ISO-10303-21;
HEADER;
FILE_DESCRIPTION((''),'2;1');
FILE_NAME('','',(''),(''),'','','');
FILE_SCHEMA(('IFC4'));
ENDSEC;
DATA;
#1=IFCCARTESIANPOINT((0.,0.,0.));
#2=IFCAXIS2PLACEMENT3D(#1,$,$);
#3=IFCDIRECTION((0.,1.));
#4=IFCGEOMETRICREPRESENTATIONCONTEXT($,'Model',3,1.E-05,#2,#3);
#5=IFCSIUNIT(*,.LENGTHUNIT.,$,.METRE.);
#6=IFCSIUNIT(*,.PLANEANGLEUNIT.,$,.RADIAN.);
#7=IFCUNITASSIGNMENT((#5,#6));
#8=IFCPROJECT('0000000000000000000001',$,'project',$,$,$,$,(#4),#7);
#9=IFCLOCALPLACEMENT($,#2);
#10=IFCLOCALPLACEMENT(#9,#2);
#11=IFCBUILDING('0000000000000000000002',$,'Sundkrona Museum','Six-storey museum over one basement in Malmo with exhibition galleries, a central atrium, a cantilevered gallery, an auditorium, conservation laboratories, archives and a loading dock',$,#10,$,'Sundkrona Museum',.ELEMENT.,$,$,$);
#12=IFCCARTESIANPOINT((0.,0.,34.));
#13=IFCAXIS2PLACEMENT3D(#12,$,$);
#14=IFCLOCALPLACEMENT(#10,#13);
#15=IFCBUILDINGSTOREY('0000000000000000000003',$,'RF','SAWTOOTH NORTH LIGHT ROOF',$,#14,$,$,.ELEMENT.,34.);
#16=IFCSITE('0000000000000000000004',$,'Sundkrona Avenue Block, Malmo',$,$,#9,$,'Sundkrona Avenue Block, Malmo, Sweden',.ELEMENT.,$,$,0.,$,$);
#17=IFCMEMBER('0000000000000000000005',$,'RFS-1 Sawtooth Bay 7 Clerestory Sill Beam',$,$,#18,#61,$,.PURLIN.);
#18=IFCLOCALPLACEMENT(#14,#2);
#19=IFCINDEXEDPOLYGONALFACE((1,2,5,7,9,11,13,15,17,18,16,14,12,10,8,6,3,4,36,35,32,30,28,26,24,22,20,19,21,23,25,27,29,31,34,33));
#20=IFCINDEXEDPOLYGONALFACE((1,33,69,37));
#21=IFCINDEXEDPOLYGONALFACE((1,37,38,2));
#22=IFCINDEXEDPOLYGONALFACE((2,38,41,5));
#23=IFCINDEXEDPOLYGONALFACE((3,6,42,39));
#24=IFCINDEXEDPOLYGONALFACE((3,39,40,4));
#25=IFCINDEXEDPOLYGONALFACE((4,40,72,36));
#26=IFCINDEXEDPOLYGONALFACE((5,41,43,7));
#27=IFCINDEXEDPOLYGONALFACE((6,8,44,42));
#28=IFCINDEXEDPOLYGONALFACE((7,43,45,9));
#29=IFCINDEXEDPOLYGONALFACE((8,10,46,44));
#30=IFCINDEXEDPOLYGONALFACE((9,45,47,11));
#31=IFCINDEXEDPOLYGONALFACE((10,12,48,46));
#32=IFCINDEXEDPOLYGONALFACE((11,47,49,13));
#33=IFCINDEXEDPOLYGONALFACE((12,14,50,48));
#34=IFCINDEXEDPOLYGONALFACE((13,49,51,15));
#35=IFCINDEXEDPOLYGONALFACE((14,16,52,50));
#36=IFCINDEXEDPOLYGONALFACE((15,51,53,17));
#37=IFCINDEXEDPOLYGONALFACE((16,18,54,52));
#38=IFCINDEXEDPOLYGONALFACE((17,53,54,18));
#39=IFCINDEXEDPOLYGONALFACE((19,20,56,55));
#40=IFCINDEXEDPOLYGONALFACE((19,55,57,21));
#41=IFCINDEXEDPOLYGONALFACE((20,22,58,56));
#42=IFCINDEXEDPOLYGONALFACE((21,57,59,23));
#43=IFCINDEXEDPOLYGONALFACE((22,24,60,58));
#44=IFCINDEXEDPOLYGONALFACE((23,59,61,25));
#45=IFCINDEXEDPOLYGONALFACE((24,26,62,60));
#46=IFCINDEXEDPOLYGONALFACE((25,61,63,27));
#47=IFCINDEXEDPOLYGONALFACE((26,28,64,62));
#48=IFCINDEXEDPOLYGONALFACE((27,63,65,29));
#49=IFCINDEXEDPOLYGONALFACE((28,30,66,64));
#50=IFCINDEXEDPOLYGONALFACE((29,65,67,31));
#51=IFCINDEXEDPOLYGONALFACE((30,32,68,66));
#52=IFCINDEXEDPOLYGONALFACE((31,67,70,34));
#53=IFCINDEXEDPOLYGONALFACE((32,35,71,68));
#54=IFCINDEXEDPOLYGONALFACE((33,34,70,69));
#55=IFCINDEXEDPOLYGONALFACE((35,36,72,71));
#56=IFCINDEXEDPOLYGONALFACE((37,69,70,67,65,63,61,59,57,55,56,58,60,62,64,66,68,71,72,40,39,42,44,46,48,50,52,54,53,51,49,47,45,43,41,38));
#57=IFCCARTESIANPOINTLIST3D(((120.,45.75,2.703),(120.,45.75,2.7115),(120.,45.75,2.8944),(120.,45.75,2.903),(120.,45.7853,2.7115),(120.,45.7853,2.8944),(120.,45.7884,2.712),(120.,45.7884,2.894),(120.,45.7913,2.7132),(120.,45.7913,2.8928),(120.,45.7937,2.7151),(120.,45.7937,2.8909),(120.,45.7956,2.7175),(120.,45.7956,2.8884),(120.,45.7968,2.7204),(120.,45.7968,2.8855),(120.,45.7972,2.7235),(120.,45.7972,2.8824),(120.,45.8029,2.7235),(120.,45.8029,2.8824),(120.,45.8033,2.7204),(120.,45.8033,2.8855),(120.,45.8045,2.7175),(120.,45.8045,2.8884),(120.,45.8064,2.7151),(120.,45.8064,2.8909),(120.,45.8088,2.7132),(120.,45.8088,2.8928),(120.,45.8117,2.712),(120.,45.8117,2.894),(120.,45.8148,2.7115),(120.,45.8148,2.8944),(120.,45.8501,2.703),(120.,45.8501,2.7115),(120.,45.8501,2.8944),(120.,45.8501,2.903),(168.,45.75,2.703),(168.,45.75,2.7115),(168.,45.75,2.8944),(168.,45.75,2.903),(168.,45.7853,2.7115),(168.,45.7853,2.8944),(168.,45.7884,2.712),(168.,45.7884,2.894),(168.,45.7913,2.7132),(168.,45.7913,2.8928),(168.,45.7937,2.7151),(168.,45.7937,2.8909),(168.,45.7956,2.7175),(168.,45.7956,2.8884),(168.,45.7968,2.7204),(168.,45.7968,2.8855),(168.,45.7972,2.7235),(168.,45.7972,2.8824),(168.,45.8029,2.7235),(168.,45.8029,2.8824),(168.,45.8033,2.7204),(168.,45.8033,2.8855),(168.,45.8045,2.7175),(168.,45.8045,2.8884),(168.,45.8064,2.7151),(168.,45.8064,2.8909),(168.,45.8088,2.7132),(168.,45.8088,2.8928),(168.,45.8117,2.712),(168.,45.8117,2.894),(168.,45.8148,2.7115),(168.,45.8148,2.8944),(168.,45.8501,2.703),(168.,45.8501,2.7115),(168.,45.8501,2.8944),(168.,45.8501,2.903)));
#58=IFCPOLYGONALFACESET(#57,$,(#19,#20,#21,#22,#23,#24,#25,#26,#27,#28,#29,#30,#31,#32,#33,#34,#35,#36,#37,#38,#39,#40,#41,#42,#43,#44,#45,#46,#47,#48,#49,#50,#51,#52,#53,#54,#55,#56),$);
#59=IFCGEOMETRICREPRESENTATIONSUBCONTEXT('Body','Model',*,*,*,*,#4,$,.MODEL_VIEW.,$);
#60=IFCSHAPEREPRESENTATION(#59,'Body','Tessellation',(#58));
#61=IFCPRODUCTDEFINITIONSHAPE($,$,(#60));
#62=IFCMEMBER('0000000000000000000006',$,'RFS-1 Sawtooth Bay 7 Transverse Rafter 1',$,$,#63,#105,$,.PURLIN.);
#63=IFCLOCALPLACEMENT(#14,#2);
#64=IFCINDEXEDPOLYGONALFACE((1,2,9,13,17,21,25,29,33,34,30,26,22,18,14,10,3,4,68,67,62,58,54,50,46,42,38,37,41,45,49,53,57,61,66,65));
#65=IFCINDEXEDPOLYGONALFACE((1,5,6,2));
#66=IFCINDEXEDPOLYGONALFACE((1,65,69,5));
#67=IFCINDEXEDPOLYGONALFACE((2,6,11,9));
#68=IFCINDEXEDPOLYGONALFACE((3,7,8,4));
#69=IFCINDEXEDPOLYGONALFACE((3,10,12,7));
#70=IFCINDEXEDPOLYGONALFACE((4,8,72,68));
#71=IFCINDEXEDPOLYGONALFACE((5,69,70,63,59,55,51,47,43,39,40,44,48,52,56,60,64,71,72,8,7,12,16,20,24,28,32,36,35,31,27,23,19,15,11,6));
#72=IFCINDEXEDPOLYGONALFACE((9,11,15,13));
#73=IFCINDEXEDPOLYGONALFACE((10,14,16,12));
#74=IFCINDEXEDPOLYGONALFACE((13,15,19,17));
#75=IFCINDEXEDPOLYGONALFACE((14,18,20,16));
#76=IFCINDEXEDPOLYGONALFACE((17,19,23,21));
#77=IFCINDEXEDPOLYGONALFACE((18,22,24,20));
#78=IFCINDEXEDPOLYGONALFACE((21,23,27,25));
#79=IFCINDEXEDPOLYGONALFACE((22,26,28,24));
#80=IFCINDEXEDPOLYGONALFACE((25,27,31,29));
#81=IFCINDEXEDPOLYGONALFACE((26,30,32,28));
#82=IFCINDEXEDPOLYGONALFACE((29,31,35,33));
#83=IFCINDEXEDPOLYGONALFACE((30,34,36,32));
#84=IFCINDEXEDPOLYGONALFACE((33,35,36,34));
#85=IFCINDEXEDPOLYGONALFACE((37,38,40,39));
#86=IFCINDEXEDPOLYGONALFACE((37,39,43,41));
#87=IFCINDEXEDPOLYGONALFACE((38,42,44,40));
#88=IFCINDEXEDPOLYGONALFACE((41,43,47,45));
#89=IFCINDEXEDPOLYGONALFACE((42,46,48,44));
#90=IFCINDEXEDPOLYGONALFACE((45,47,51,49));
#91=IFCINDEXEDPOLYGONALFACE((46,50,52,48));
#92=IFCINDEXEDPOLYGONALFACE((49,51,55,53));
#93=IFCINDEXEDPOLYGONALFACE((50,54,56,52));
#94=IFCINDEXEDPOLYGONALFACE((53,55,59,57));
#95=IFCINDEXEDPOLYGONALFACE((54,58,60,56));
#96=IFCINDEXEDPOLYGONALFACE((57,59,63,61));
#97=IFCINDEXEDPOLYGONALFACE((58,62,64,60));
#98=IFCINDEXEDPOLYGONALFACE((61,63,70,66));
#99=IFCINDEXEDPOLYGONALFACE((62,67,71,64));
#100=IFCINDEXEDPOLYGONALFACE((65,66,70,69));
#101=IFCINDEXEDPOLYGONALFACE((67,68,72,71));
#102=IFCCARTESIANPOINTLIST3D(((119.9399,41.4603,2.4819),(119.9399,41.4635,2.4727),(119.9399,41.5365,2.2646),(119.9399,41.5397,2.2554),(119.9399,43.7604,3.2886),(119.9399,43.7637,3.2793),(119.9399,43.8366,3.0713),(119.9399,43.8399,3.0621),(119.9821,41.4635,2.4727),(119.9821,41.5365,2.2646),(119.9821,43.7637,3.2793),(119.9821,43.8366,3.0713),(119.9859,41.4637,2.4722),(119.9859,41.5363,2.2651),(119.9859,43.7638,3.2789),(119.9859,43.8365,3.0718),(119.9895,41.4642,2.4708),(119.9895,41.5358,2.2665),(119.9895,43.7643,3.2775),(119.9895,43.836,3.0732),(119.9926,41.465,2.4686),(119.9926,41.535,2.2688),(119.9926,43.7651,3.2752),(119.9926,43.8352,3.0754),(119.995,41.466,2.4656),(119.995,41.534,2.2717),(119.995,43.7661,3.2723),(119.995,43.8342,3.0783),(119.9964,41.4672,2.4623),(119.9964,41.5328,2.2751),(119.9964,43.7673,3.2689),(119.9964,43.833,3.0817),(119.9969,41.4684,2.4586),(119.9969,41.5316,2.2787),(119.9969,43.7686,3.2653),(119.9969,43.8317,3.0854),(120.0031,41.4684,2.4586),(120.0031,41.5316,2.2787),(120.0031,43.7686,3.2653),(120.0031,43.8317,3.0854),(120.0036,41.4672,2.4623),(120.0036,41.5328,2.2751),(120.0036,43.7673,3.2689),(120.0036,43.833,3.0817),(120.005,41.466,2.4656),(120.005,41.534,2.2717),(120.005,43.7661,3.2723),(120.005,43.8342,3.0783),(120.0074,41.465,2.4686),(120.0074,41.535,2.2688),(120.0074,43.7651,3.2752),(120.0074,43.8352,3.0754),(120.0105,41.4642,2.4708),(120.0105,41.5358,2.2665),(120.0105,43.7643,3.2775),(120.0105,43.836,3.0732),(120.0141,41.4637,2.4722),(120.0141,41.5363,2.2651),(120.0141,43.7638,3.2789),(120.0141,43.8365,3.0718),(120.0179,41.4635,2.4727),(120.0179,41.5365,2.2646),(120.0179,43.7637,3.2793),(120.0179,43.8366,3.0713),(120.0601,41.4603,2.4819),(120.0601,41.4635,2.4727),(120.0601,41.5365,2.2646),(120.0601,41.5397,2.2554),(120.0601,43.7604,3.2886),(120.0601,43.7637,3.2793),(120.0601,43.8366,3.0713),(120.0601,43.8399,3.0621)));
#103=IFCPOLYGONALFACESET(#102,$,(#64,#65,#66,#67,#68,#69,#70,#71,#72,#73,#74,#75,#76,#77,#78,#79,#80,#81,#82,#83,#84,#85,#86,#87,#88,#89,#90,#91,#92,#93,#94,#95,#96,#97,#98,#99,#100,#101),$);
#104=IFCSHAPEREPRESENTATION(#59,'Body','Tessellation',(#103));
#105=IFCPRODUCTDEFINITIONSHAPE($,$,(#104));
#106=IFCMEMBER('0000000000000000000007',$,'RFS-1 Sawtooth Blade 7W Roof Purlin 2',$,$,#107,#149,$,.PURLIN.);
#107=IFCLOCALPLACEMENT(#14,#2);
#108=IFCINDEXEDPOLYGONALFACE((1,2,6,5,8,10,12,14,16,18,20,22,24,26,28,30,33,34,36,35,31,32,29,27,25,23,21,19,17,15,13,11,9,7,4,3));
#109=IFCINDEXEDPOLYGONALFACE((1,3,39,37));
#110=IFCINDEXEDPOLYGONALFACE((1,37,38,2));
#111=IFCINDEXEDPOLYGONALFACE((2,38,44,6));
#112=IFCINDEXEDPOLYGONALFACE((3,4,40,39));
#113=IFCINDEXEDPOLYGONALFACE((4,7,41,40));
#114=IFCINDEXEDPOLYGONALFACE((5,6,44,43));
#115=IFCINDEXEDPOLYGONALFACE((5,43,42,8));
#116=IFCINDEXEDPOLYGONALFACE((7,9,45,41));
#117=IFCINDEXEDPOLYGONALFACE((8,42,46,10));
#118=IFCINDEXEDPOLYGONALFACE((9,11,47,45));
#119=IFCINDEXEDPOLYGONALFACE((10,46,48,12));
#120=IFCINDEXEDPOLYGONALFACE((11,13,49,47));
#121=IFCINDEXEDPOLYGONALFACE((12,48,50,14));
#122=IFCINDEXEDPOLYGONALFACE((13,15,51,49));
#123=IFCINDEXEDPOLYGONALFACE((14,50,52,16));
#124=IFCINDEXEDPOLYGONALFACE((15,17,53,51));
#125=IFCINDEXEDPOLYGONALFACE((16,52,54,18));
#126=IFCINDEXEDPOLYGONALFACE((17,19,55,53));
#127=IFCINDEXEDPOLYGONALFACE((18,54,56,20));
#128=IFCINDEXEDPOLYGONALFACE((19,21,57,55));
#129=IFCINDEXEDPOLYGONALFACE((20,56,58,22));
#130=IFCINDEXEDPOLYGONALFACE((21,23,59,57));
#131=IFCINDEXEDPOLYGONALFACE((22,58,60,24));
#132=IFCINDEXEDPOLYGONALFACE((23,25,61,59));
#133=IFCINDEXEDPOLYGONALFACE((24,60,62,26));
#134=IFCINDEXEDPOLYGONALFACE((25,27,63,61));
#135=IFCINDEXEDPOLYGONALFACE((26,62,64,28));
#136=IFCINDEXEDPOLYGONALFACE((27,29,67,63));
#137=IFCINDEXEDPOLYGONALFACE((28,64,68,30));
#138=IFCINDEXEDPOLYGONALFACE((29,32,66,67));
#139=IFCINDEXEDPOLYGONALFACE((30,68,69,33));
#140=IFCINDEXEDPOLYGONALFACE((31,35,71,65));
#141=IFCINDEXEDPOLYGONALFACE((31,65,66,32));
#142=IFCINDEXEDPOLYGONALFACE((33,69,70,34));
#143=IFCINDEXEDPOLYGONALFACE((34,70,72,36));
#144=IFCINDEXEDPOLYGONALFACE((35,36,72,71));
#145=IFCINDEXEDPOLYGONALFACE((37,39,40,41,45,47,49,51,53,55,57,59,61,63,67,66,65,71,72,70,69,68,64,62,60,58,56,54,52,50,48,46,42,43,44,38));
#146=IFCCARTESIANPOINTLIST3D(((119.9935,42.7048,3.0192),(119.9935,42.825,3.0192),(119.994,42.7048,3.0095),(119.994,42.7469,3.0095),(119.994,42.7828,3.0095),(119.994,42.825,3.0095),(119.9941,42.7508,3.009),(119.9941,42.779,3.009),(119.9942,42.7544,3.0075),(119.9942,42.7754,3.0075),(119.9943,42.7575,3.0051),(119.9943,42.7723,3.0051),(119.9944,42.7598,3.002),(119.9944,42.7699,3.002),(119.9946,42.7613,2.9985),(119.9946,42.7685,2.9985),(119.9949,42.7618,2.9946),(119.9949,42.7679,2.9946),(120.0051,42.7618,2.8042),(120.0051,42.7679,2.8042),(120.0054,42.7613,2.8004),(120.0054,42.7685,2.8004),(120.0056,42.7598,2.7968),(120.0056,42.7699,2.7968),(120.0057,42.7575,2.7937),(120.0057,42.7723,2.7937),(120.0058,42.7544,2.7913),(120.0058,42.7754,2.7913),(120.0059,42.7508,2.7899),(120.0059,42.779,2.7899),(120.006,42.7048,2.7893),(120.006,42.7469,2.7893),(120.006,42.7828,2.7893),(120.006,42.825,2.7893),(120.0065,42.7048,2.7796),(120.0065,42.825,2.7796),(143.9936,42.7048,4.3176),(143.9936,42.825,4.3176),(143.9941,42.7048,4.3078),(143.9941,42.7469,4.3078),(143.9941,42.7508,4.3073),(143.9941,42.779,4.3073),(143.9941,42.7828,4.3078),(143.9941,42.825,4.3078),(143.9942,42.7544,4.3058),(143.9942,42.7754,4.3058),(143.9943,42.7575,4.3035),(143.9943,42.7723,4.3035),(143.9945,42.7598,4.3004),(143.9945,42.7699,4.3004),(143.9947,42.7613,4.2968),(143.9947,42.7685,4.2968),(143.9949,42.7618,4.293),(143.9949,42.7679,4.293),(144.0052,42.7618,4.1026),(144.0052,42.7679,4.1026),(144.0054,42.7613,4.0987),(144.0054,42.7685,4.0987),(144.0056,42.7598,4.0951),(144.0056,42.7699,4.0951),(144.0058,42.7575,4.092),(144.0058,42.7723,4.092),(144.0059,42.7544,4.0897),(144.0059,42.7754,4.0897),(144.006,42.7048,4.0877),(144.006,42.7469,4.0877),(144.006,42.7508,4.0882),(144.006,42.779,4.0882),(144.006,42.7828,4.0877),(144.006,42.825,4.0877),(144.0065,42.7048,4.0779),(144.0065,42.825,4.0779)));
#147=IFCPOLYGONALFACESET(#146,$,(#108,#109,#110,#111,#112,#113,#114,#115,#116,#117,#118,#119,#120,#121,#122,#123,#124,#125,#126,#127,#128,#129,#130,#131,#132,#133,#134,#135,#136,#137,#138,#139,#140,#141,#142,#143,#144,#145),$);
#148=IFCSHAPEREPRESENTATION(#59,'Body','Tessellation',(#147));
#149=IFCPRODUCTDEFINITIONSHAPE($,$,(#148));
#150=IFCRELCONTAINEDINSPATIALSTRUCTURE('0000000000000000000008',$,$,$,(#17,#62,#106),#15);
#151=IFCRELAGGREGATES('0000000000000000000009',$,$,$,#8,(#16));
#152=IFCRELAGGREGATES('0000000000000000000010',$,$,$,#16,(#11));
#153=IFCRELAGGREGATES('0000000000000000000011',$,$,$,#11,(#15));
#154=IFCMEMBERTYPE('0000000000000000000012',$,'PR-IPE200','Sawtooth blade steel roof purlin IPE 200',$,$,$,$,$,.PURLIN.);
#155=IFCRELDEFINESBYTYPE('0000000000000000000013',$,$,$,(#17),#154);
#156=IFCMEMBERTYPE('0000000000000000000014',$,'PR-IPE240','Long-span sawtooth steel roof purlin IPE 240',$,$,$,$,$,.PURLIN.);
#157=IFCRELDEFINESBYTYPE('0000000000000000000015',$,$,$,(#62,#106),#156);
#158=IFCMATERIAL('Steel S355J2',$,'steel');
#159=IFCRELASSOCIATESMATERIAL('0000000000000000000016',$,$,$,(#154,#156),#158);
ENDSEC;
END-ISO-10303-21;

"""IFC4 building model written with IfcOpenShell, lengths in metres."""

from ifc_helpers import new_model, si_unit, direction, frame, origin, origin_2d, place, context, subcontext, project, spatial, i_section, extrude, material, material_profile, profile_set, type_object, element, save


model = new_model("IFC4")

# Units and contexts
model_context = context("Model", 3, precision=1e-05, world=origin(), true_north=direction((0.0, 1.0)))
body_context = subcontext(model_context, "Body", "Model", "MODEL_VIEW")
ifc_project = project(units=[si_unit("LENGTHUNIT", "METRE"), si_unit("PLANEANGLEUNIT", "RADIAN")], contexts=[model_context])

# Site, building, storey
site_placement = place(None, origin())
site = spatial("IfcSite", under=ifc_project, at=site_placement, Name="Sundkrona Avenue Block, Malmo", LongName="Sundkrona Avenue Block, Malmo, Sweden", CompositionType="ELEMENT", RefElevation=0.0)
building_placement = place(site_placement, origin())
building = spatial("IfcBuilding", under=site, at=building_placement, Name="Sundkrona Museum", Description="Six-storey museum over one basement in Malmo with exhibition galleries, a central atrium, a cantilevered gallery, an auditorium, conservation laboratories, archives and a loading dock", LongName="Sundkrona Museum", CompositionType="ELEMENT")
storey_placement = place(building_placement, frame((0.0, 0.0, 34.0)))
storey = spatial("IfcBuildingStorey", under=building, at=storey_placement, Name="RF", Description="SAWTOOTH NORTH LIGHT ROOF", CompositionType="ELEMENT", Elevation=34.0)

# Members
ifc_material_1 = material(Name="Steel S355J2", Category="steel")
ifc_material_profile_1 = material_profile(ifc_material_1, i_section(OverallWidth=0.1001, OverallDepth=0.2, WebThickness=0.0056, FlangeThickness=0.0085, FilletRadius=0.012, at=origin_2d()), Name="IPE 200")
ifc_profile_set_1 = profile_set([ifc_material_profile_1], Name="Steel S355J2")
member_type_1 = type_object("IfcMemberType", Name="PR-IPE200", Description="Sawtooth blade steel roof purlin IPE 200", PredefinedType="PURLIN", material=ifc_profile_set_1)
for number, where, z_axis, x_axis, name in (
    (1, (120.0, 45.8, 2.803), (1.0, 0.0, 0.0), (0.0, 1.0, 0.0), "RFS-1 Sawtooth Bay 7 Clerestory Sill Beam"),
):
    element("IfcMember", number, at=place(storey_placement, frame(where, z_axis=z_axis, x_axis=x_axis)), inside=storey, type_object=member_type_1, Name=name, PredefinedType="PURLIN", context=body_context, shape_type="SweptSolid", body=[
        extrude(i_section(OverallWidth=0.1001, OverallDepth=0.2, WebThickness=0.0056, FlangeThickness=0.0085, FilletRadius=0.012, at=origin_2d()), origin(), (0.0, 0.0, 1.0), 48.0),
    ])
ifc_material_profile_2 = material_profile(ifc_material_1, i_section(OverallWidth=0.1201, OverallDepth=0.24, WebThickness=0.0061, FlangeThickness=0.0098, FilletRadius=0.0149, at=origin_2d()), Name="IPE 240")
ifc_profile_set_2 = profile_set([ifc_material_profile_2], Name="Steel S355J2")
member_type_2 = type_object("IfcMemberType", Name="PR-IPE240", Description="Long-span sawtooth steel roof purlin IPE 240", PredefinedType="PURLIN", material=ifc_profile_set_2)
member_1_placement = place(storey_placement, frame((120.0, 41.5, 2.3687), z_axis=(0.0, 0.94365, 0.330944), x_axis=(-1.0, 0.0, 0.0)))
element("IfcMember", 2, at=member_1_placement, inside=storey, type_object=member_type_2, Name="RFS-1 Sawtooth Bay 7 Transverse Rafter 1", PredefinedType="PURLIN", context=body_context, shape_type="SweptSolid", body=[
    extrude(i_section(OverallWidth=0.1201, OverallDepth=0.24, WebThickness=0.0061, FlangeThickness=0.0098, FilletRadius=0.0149, at=origin_2d()), origin(), (0.0, 0.0, 1.0), 2.4375),
])
member_2_placement = place(storey_placement, frame((120.0, 42.7649, 2.8994), z_axis=(0.99854, 0.0, 0.054019), x_axis=(0.0, 1.0, 0.0)))
element("IfcMember", 3, at=member_2_placement, inside=storey, type_object=member_type_2, Name="RFS-1 Sawtooth Blade 7W Roof Purlin 2", PredefinedType="PURLIN", context=body_context, shape_type="SweptSolid", body=[
    extrude(i_section(OverallWidth=0.1201, OverallDepth=0.24, WebThickness=0.0061, FlangeThickness=0.0098, FilletRadius=0.0149, at=origin_2d()), origin(), (0.0, 0.0, 1.0), 24.0352),
])

save(model, "model.ifc")
